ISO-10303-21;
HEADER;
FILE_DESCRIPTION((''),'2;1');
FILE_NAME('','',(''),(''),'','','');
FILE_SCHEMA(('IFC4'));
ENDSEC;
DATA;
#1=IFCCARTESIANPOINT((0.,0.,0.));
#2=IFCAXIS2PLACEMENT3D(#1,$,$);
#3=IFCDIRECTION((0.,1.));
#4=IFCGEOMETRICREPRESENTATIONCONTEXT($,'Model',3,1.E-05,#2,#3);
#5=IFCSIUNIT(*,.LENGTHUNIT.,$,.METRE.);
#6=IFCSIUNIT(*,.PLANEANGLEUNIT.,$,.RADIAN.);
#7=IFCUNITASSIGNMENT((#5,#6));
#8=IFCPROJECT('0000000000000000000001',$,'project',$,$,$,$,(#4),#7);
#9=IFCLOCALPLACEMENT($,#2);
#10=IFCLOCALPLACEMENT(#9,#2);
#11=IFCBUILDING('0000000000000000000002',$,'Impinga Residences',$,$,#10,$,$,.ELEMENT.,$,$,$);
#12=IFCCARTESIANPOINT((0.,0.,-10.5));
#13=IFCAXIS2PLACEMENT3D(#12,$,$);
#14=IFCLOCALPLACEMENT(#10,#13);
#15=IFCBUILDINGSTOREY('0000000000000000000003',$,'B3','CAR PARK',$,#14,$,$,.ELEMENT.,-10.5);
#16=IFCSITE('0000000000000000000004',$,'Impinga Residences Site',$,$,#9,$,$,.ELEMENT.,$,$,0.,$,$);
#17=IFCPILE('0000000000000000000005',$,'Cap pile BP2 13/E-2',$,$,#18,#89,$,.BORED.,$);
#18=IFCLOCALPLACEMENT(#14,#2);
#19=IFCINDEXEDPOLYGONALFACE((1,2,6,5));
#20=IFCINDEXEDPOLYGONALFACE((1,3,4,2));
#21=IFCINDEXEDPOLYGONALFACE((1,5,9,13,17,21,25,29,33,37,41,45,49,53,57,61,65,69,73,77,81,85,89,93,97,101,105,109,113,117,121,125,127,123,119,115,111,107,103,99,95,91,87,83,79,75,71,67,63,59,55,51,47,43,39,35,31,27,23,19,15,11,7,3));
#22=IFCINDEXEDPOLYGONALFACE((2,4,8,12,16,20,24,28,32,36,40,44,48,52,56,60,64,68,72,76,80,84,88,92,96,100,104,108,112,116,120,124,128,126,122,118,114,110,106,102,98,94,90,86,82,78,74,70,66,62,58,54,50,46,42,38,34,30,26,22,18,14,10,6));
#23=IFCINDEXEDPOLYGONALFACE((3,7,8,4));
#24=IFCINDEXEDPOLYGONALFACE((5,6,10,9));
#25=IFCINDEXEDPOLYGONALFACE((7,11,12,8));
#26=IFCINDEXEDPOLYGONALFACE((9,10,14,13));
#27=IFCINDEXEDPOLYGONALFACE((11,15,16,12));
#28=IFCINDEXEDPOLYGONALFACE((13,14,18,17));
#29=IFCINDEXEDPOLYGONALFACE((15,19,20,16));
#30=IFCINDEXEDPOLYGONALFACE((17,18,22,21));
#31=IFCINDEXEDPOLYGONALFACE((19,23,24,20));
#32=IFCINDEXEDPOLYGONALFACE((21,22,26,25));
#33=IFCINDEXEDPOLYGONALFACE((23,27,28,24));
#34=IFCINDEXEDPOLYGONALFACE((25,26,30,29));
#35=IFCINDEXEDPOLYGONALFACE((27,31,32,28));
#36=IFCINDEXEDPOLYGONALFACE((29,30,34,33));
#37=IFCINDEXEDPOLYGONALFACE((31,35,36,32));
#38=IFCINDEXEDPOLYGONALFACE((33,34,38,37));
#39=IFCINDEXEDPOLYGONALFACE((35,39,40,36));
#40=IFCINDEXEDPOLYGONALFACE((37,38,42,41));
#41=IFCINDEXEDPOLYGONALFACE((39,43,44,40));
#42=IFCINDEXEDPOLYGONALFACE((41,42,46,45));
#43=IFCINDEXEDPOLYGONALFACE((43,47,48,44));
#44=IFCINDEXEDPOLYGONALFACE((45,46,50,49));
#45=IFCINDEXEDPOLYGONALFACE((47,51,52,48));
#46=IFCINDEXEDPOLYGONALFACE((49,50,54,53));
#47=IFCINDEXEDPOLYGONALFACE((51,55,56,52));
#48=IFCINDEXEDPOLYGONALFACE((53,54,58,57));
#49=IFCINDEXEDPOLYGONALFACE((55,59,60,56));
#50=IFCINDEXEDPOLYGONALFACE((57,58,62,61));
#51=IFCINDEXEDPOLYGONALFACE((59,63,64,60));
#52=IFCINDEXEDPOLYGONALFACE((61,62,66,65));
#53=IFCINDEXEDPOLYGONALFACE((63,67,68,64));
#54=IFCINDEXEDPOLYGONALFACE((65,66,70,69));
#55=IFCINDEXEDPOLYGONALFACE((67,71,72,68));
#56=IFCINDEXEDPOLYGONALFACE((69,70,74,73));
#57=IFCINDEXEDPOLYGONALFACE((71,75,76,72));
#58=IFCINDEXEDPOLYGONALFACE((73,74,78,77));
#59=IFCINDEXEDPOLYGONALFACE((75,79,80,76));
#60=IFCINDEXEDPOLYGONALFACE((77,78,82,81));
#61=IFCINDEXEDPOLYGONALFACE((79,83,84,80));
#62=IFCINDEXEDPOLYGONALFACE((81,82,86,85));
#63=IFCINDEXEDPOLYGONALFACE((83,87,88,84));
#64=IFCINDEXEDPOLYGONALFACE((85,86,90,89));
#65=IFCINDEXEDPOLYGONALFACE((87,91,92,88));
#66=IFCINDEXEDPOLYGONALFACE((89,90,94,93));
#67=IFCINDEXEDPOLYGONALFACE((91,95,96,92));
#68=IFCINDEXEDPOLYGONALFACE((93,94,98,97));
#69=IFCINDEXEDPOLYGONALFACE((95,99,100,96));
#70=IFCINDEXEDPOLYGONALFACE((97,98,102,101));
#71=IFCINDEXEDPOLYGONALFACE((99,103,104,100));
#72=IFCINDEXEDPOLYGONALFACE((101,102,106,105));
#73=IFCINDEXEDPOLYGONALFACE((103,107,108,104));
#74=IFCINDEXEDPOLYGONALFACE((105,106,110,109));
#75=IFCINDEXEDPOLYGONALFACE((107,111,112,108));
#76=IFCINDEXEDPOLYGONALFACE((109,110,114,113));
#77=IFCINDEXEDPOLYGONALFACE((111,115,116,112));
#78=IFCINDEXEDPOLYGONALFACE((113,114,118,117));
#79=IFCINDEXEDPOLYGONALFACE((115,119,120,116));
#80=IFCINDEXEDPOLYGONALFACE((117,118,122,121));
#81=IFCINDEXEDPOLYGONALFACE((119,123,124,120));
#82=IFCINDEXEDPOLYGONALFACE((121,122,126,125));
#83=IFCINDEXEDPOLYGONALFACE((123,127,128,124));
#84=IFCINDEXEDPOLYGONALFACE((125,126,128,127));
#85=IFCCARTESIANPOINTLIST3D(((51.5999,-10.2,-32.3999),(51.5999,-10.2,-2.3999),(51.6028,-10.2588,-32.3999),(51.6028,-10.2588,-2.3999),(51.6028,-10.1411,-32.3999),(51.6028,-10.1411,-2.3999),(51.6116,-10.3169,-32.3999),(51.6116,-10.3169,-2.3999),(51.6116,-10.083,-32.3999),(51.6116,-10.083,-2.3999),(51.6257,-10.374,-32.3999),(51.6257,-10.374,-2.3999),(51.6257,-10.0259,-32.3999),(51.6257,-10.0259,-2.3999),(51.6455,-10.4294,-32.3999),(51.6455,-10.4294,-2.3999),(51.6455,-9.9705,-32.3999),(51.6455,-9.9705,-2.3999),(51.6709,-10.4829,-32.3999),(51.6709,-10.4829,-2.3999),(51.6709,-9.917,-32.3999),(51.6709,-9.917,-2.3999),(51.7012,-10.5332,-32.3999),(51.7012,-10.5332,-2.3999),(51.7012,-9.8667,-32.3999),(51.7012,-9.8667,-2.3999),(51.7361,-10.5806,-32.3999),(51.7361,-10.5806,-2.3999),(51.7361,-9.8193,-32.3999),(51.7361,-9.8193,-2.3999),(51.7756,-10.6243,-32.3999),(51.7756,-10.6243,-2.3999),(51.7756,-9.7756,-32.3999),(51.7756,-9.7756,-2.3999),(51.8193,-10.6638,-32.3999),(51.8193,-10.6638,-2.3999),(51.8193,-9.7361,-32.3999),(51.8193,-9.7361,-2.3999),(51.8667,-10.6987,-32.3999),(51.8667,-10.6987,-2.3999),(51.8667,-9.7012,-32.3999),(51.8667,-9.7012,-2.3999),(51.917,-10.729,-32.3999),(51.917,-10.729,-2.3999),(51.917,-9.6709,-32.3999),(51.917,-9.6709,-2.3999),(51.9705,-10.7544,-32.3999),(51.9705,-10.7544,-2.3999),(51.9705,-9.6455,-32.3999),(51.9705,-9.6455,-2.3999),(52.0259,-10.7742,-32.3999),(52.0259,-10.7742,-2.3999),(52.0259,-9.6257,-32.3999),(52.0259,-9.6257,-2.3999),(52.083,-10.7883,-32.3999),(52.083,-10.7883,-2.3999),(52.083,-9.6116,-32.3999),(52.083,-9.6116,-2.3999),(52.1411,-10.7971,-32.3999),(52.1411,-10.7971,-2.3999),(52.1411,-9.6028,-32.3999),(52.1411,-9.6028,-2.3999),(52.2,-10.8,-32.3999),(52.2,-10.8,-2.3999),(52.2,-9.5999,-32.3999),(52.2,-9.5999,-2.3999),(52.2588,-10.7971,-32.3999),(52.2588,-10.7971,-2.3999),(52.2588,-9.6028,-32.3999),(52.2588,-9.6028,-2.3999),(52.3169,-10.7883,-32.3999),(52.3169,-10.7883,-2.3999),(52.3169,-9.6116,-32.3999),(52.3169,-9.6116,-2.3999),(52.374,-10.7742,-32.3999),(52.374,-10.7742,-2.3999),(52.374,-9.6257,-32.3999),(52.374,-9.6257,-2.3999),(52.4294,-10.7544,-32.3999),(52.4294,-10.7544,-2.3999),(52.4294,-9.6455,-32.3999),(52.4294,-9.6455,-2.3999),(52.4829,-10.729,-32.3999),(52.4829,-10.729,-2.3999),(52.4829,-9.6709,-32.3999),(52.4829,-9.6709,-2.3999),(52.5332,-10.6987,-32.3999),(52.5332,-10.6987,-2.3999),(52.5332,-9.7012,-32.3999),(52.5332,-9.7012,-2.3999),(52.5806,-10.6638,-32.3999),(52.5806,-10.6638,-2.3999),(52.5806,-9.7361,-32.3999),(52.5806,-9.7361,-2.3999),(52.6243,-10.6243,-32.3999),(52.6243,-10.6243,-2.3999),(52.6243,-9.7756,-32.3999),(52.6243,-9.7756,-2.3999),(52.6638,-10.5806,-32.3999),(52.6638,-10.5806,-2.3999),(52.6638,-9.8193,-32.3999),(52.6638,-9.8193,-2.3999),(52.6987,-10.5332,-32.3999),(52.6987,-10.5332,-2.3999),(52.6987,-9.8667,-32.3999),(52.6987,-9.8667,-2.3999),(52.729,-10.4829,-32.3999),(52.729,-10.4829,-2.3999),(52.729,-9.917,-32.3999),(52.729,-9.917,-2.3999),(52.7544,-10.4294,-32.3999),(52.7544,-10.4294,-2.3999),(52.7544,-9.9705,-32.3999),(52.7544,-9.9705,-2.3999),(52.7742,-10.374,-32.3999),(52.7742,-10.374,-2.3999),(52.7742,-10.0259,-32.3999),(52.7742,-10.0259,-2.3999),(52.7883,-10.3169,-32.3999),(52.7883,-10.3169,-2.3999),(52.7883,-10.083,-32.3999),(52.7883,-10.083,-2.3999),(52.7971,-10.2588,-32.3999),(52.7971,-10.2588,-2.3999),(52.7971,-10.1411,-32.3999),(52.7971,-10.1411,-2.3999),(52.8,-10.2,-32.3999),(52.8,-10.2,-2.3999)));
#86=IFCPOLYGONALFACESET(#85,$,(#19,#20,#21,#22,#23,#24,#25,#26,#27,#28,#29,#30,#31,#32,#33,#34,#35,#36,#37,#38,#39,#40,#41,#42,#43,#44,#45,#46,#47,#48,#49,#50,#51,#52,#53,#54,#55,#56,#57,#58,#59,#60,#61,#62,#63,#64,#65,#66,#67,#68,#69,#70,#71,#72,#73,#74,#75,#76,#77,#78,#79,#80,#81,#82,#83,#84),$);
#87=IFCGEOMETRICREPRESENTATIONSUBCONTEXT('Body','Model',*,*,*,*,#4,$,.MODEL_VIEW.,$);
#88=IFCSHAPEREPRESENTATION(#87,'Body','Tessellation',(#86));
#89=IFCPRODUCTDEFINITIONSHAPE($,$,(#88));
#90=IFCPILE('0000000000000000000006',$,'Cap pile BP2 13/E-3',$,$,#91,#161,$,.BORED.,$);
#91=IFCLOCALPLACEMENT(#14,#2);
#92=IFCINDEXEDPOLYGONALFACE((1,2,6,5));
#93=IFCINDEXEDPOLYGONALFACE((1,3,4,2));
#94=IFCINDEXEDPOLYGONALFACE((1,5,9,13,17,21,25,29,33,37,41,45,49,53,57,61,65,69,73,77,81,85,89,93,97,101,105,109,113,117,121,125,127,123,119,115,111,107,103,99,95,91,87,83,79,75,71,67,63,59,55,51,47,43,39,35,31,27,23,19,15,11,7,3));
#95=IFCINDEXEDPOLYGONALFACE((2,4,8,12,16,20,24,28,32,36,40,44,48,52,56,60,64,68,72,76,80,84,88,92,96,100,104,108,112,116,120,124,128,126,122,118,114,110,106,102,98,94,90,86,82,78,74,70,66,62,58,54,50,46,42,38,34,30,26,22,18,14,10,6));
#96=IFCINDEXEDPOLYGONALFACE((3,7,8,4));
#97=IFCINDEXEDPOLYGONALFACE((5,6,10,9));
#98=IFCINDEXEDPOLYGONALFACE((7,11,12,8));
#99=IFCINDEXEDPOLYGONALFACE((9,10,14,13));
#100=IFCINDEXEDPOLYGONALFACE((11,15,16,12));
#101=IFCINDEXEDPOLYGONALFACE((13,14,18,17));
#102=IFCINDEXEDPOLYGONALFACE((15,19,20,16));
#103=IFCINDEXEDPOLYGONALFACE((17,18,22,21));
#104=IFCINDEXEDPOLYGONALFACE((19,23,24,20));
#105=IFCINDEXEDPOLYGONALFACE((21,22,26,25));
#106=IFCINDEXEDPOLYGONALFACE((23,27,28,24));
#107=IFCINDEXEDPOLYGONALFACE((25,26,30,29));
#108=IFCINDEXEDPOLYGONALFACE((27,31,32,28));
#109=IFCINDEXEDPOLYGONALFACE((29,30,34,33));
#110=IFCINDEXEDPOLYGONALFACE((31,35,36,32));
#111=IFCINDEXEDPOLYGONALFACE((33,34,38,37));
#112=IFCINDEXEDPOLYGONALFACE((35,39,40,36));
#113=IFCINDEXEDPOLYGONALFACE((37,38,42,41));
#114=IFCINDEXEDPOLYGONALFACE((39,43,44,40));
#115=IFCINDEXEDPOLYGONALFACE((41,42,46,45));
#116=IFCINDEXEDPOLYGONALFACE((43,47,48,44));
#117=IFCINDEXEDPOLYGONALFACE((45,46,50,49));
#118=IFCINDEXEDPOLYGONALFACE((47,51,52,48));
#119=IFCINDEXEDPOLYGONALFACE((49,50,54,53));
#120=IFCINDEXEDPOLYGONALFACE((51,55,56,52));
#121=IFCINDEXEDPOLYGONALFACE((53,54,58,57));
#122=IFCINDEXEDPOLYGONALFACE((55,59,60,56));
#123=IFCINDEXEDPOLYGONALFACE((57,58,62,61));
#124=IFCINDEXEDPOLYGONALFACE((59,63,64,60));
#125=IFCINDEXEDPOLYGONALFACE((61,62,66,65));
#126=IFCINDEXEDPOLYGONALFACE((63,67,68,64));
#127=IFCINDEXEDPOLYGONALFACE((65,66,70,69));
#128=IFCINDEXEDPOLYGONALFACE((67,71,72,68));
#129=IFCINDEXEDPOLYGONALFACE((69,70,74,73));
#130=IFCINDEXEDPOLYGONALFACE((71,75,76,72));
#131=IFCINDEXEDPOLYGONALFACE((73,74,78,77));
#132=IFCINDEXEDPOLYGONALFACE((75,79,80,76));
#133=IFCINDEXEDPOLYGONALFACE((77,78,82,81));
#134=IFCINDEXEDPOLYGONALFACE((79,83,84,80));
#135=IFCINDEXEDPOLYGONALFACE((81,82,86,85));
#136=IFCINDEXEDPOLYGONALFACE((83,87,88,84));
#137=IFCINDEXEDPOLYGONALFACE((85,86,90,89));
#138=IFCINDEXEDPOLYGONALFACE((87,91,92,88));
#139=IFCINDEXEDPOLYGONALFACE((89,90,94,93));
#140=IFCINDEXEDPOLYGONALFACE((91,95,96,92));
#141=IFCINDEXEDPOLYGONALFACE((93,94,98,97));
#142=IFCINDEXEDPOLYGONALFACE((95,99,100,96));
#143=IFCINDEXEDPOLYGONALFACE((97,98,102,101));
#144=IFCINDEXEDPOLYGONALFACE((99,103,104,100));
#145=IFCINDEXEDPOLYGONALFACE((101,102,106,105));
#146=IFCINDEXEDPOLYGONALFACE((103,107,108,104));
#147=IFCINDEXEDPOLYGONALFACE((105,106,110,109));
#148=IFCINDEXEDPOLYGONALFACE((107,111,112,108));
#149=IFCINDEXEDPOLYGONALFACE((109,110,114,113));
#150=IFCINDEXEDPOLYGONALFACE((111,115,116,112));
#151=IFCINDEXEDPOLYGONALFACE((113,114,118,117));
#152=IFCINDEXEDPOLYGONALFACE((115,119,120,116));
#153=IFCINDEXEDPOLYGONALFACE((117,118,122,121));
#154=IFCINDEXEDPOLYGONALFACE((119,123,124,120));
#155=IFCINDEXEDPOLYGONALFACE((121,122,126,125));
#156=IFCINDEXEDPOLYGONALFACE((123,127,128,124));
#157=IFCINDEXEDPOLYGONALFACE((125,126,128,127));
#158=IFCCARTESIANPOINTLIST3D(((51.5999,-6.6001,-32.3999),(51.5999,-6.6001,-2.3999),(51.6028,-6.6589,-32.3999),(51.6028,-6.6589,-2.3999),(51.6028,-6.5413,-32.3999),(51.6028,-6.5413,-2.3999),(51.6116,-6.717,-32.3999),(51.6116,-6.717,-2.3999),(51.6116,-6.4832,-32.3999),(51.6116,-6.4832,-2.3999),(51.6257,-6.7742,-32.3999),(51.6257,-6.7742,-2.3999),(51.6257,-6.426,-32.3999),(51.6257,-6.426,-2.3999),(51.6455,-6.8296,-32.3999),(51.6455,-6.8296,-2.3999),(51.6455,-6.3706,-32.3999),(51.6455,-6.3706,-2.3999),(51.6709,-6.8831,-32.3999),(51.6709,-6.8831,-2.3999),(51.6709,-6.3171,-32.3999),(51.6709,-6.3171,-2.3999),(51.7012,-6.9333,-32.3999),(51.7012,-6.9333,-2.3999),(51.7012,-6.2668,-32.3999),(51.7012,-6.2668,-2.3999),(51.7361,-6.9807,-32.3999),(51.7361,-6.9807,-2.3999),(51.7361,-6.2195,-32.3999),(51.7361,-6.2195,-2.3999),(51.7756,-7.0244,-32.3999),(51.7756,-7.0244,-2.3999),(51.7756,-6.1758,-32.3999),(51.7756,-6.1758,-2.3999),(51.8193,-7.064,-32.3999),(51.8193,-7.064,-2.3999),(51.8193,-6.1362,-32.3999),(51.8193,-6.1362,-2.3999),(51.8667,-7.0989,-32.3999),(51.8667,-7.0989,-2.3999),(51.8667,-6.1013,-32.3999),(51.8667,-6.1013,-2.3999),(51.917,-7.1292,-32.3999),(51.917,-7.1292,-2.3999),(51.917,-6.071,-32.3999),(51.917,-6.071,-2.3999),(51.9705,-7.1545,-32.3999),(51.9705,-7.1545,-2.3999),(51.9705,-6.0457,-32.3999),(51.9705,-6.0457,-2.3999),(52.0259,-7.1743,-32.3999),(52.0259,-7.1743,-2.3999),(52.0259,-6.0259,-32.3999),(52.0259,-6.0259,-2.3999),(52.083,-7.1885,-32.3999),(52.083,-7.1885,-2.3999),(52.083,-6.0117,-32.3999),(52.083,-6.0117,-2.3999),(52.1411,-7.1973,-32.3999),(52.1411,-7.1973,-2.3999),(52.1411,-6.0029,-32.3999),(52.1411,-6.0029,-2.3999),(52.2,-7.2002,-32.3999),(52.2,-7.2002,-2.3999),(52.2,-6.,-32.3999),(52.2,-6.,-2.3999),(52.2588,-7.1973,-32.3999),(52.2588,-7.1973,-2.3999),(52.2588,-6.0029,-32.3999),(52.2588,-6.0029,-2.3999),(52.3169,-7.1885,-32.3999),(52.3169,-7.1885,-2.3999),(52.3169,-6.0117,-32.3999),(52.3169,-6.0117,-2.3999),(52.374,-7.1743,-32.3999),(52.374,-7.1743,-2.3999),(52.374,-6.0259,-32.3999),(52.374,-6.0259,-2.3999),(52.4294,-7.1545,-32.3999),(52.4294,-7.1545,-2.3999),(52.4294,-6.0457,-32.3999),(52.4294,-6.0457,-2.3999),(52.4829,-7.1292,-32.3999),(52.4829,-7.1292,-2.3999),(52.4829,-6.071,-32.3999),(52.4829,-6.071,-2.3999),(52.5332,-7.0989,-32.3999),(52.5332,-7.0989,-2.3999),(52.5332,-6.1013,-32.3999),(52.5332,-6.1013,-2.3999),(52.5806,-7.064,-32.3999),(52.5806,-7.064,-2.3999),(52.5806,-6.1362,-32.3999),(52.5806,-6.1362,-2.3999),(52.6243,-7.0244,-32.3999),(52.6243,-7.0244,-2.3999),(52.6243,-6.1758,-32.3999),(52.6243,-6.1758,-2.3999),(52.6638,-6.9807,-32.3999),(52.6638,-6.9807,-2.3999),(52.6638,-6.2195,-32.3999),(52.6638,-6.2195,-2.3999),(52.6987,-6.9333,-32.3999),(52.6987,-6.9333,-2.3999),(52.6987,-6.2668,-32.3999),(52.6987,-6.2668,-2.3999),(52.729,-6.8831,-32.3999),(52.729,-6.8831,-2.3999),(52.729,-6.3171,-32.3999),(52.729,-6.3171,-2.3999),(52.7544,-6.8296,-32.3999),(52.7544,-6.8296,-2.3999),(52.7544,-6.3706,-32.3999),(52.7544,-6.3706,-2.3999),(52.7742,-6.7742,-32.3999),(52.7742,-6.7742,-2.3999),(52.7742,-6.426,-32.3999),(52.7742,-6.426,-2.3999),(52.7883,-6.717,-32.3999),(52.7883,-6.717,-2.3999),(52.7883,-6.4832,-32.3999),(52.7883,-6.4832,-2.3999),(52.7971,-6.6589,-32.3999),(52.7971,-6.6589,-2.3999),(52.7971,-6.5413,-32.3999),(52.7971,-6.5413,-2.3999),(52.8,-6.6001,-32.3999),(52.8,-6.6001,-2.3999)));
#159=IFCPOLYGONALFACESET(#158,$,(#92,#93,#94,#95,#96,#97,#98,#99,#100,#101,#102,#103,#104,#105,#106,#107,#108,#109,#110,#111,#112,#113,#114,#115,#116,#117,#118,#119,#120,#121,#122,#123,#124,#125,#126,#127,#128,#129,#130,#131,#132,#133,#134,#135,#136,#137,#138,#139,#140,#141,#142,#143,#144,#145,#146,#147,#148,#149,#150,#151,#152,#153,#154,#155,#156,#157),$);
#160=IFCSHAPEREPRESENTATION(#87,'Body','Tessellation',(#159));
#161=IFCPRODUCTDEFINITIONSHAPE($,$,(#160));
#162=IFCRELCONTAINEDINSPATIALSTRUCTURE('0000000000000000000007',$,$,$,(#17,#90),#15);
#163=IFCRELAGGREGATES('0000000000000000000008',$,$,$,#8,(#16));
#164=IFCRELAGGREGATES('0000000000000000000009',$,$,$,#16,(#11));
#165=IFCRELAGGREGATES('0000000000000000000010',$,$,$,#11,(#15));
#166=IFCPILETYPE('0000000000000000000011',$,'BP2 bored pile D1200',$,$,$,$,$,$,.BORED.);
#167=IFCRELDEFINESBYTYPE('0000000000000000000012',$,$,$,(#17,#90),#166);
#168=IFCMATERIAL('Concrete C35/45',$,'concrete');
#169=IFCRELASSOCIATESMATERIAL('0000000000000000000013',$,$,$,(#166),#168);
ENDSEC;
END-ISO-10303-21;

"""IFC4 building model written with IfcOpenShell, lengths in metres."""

from ifc_helpers import new_model, si_unit, direction, frame, origin, origin_2d, place, context, subcontext, project, spatial, polyline, circle, outline, extrude, material, material_profile, profile_set, type_object, element, save


model = new_model("IFC4")

# Units and contexts
model_context = context("Model", 3, precision=1e-05, world=origin(), true_north=direction((0.0, 1.0)))
body_context = subcontext(model_context, "Body", "Model", "MODEL_VIEW")
ifc_project = project(units=[si_unit("LENGTHUNIT", "METRE"), si_unit("PLANEANGLEUNIT", "RADIAN")], contexts=[model_context])

# Site, building, storey
site_placement = place(None, origin())
site = spatial("IfcSite", under=ifc_project, at=site_placement, Name="Impinga Residences Site", CompositionType="ELEMENT", RefElevation=0.0)
building_placement = place(site_placement, origin())
building = spatial("IfcBuilding", under=site, at=building_placement, Name="Impinga Residences", CompositionType="ELEMENT")
storey_placement = place(building_placement, frame((0.0, 0.0, -10.5)))
storey = spatial("IfcBuildingStorey", under=building, at=storey_placement, Name="B3", Description="CAR PARK", CompositionType="ELEMENT", Elevation=-10.5)

# Piles
ifc_material_1 = material(Name="Concrete C35/45", Category="concrete")
ifc_material_profile_1 = material_profile(ifc_material_1, circle(Radius=0.6001, at=origin_2d()), Name="D1200")
ifc_profile_set_1 = profile_set([ifc_material_profile_1], Name="Concrete C35/45")
pile_type_1 = type_object("IfcPileType", Name="BP2 bored pile D1200", PredefinedType="BORED", material=ifc_profile_set_1)
pile_1_placement = place(storey_placement, frame((52.2, -10.2, -2.3999), z_axis=(0.0, 0.0, -1.0), x_axis=(1.0, 0.0, 0.0)))
element("IfcPile", 1, at=pile_1_placement, inside=storey, type_object=pile_type_1, Name="Cap pile BP2 13/E-2", PredefinedType="BORED", context=body_context, shape_type="SweptSolid", body=[
    extrude(outline(polyline([(0.6001, 0.0), (0.5972, 0.0588), (0.5884, 0.1169), (0.5742, 0.1741), (0.5544, 0.2295), (0.5291, 0.283), (0.4988, 0.3333), (0.4639, 0.3806), (0.4243, 0.4243), (0.3806, 0.4639), (0.3333, 0.4988), (0.283, 0.5291), (0.2295, 0.5544), (0.1741, 0.5742), (0.1169, 0.5884), (0.0588, 0.5972), (0.0, 0.6001), (-0.0588, 0.5972), (-0.1169, 0.5884), (-0.1741, 0.5742), (-0.2295, 0.5544), (-0.283, 0.5291), (-0.3333, 0.4988), (-0.3806, 0.4639), (-0.4243, 0.4243), (-0.4639, 0.3806), (-0.4988, 0.3333), (-0.5291, 0.283), (-0.5544, 0.2295), (-0.5742, 0.1741), (-0.5884, 0.1169), (-0.5972, 0.0588), (-0.6001, 0.0), (-0.5972, -0.0588), (-0.5884, -0.1169), (-0.5742, -0.1741), (-0.5544, -0.2295), (-0.5291, -0.283), (-0.4988, -0.3333), (-0.4639, -0.3806), (-0.4243, -0.4243), (-0.3806, -0.4639), (-0.3333, -0.4988), (-0.283, -0.5291), (-0.2295, -0.5544), (-0.1741, -0.5742), (-0.1169, -0.5884), (-0.0588, -0.5972), (0.0, -0.6001), (0.0588, -0.5972), (0.1169, -0.5884), (0.1741, -0.5742), (0.2295, -0.5544), (0.283, -0.5291), (0.3333, -0.4988), (0.3806, -0.4639), (0.4243, -0.4243), (0.4639, -0.3806), (0.4988, -0.3333), (0.5291, -0.283), (0.5544, -0.2295), (0.5742, -0.1741), (0.5884, -0.1169), (0.5972, -0.0588), (0.6001, 0.0)])), origin(), (0.0, 0.0, 1.0), 30.0),
])
pile_2_placement = place(storey_placement, frame((52.2, -6.6001, -2.3999), z_axis=(0.0, 0.0, -1.0), x_axis=(1.0, 0.0, 0.0)))
element("IfcPile", 2, at=pile_2_placement, inside=storey, type_object=pile_type_1, Name="Cap pile BP2 13/E-3", PredefinedType="BORED", context=body_context, shape_type="SweptSolid", body=[
    extrude(outline(polyline([(0.6001, 0.0), (0.5972, 0.0588), (0.5884, 0.1169), (0.5742, 0.1741), (0.5544, 0.2295), (0.5291, 0.283), (0.4988, 0.3333), (0.4639, 0.3806), (0.4243, 0.4243), (0.3806, 0.4639), (0.3333, 0.4988), (0.283, 0.5291), (0.2295, 0.5544), (0.1741, 0.5742), (0.1169, 0.5884), (0.0588, 0.5972), (0.0, 0.6001), (-0.0588, 0.5972), (-0.1169, 0.5884), (-0.1741, 0.5742), (-0.2295, 0.5544), (-0.283, 0.5291), (-0.3333, 0.4988), (-0.3806, 0.4639), (-0.4243, 0.4243), (-0.4639, 0.3806), (-0.4988, 0.3333), (-0.5291, 0.283), (-0.5544, 0.2295), (-0.5742, 0.1741), (-0.5884, 0.1169), (-0.5972, 0.0588), (-0.6001, 0.0), (-0.5972, -0.0588), (-0.5884, -0.1169), (-0.5742, -0.1741), (-0.5544, -0.2295), (-0.5291, -0.283), (-0.4988, -0.3333), (-0.4639, -0.3806), (-0.4243, -0.4243), (-0.3806, -0.4639), (-0.3333, -0.4988), (-0.283, -0.5291), (-0.2295, -0.5544), (-0.1741, -0.5742), (-0.1169, -0.5884), (-0.0588, -0.5972), (0.0, -0.6001), (0.0588, -0.5972), (0.1169, -0.5884), (0.1741, -0.5742), (0.2295, -0.5544), (0.283, -0.5291), (0.3333, -0.4988), (0.3806, -0.4639), (0.4243, -0.4243), (0.4639, -0.3806), (0.4988, -0.3333), (0.5291, -0.283), (0.5544, -0.2295), (0.5742, -0.1741), (0.5884, -0.1169), (0.5972, -0.0588), (0.6001, 0.0)])), origin(), (0.0, 0.0, 1.0), 30.0),
])

save(model, "model.ifc")
